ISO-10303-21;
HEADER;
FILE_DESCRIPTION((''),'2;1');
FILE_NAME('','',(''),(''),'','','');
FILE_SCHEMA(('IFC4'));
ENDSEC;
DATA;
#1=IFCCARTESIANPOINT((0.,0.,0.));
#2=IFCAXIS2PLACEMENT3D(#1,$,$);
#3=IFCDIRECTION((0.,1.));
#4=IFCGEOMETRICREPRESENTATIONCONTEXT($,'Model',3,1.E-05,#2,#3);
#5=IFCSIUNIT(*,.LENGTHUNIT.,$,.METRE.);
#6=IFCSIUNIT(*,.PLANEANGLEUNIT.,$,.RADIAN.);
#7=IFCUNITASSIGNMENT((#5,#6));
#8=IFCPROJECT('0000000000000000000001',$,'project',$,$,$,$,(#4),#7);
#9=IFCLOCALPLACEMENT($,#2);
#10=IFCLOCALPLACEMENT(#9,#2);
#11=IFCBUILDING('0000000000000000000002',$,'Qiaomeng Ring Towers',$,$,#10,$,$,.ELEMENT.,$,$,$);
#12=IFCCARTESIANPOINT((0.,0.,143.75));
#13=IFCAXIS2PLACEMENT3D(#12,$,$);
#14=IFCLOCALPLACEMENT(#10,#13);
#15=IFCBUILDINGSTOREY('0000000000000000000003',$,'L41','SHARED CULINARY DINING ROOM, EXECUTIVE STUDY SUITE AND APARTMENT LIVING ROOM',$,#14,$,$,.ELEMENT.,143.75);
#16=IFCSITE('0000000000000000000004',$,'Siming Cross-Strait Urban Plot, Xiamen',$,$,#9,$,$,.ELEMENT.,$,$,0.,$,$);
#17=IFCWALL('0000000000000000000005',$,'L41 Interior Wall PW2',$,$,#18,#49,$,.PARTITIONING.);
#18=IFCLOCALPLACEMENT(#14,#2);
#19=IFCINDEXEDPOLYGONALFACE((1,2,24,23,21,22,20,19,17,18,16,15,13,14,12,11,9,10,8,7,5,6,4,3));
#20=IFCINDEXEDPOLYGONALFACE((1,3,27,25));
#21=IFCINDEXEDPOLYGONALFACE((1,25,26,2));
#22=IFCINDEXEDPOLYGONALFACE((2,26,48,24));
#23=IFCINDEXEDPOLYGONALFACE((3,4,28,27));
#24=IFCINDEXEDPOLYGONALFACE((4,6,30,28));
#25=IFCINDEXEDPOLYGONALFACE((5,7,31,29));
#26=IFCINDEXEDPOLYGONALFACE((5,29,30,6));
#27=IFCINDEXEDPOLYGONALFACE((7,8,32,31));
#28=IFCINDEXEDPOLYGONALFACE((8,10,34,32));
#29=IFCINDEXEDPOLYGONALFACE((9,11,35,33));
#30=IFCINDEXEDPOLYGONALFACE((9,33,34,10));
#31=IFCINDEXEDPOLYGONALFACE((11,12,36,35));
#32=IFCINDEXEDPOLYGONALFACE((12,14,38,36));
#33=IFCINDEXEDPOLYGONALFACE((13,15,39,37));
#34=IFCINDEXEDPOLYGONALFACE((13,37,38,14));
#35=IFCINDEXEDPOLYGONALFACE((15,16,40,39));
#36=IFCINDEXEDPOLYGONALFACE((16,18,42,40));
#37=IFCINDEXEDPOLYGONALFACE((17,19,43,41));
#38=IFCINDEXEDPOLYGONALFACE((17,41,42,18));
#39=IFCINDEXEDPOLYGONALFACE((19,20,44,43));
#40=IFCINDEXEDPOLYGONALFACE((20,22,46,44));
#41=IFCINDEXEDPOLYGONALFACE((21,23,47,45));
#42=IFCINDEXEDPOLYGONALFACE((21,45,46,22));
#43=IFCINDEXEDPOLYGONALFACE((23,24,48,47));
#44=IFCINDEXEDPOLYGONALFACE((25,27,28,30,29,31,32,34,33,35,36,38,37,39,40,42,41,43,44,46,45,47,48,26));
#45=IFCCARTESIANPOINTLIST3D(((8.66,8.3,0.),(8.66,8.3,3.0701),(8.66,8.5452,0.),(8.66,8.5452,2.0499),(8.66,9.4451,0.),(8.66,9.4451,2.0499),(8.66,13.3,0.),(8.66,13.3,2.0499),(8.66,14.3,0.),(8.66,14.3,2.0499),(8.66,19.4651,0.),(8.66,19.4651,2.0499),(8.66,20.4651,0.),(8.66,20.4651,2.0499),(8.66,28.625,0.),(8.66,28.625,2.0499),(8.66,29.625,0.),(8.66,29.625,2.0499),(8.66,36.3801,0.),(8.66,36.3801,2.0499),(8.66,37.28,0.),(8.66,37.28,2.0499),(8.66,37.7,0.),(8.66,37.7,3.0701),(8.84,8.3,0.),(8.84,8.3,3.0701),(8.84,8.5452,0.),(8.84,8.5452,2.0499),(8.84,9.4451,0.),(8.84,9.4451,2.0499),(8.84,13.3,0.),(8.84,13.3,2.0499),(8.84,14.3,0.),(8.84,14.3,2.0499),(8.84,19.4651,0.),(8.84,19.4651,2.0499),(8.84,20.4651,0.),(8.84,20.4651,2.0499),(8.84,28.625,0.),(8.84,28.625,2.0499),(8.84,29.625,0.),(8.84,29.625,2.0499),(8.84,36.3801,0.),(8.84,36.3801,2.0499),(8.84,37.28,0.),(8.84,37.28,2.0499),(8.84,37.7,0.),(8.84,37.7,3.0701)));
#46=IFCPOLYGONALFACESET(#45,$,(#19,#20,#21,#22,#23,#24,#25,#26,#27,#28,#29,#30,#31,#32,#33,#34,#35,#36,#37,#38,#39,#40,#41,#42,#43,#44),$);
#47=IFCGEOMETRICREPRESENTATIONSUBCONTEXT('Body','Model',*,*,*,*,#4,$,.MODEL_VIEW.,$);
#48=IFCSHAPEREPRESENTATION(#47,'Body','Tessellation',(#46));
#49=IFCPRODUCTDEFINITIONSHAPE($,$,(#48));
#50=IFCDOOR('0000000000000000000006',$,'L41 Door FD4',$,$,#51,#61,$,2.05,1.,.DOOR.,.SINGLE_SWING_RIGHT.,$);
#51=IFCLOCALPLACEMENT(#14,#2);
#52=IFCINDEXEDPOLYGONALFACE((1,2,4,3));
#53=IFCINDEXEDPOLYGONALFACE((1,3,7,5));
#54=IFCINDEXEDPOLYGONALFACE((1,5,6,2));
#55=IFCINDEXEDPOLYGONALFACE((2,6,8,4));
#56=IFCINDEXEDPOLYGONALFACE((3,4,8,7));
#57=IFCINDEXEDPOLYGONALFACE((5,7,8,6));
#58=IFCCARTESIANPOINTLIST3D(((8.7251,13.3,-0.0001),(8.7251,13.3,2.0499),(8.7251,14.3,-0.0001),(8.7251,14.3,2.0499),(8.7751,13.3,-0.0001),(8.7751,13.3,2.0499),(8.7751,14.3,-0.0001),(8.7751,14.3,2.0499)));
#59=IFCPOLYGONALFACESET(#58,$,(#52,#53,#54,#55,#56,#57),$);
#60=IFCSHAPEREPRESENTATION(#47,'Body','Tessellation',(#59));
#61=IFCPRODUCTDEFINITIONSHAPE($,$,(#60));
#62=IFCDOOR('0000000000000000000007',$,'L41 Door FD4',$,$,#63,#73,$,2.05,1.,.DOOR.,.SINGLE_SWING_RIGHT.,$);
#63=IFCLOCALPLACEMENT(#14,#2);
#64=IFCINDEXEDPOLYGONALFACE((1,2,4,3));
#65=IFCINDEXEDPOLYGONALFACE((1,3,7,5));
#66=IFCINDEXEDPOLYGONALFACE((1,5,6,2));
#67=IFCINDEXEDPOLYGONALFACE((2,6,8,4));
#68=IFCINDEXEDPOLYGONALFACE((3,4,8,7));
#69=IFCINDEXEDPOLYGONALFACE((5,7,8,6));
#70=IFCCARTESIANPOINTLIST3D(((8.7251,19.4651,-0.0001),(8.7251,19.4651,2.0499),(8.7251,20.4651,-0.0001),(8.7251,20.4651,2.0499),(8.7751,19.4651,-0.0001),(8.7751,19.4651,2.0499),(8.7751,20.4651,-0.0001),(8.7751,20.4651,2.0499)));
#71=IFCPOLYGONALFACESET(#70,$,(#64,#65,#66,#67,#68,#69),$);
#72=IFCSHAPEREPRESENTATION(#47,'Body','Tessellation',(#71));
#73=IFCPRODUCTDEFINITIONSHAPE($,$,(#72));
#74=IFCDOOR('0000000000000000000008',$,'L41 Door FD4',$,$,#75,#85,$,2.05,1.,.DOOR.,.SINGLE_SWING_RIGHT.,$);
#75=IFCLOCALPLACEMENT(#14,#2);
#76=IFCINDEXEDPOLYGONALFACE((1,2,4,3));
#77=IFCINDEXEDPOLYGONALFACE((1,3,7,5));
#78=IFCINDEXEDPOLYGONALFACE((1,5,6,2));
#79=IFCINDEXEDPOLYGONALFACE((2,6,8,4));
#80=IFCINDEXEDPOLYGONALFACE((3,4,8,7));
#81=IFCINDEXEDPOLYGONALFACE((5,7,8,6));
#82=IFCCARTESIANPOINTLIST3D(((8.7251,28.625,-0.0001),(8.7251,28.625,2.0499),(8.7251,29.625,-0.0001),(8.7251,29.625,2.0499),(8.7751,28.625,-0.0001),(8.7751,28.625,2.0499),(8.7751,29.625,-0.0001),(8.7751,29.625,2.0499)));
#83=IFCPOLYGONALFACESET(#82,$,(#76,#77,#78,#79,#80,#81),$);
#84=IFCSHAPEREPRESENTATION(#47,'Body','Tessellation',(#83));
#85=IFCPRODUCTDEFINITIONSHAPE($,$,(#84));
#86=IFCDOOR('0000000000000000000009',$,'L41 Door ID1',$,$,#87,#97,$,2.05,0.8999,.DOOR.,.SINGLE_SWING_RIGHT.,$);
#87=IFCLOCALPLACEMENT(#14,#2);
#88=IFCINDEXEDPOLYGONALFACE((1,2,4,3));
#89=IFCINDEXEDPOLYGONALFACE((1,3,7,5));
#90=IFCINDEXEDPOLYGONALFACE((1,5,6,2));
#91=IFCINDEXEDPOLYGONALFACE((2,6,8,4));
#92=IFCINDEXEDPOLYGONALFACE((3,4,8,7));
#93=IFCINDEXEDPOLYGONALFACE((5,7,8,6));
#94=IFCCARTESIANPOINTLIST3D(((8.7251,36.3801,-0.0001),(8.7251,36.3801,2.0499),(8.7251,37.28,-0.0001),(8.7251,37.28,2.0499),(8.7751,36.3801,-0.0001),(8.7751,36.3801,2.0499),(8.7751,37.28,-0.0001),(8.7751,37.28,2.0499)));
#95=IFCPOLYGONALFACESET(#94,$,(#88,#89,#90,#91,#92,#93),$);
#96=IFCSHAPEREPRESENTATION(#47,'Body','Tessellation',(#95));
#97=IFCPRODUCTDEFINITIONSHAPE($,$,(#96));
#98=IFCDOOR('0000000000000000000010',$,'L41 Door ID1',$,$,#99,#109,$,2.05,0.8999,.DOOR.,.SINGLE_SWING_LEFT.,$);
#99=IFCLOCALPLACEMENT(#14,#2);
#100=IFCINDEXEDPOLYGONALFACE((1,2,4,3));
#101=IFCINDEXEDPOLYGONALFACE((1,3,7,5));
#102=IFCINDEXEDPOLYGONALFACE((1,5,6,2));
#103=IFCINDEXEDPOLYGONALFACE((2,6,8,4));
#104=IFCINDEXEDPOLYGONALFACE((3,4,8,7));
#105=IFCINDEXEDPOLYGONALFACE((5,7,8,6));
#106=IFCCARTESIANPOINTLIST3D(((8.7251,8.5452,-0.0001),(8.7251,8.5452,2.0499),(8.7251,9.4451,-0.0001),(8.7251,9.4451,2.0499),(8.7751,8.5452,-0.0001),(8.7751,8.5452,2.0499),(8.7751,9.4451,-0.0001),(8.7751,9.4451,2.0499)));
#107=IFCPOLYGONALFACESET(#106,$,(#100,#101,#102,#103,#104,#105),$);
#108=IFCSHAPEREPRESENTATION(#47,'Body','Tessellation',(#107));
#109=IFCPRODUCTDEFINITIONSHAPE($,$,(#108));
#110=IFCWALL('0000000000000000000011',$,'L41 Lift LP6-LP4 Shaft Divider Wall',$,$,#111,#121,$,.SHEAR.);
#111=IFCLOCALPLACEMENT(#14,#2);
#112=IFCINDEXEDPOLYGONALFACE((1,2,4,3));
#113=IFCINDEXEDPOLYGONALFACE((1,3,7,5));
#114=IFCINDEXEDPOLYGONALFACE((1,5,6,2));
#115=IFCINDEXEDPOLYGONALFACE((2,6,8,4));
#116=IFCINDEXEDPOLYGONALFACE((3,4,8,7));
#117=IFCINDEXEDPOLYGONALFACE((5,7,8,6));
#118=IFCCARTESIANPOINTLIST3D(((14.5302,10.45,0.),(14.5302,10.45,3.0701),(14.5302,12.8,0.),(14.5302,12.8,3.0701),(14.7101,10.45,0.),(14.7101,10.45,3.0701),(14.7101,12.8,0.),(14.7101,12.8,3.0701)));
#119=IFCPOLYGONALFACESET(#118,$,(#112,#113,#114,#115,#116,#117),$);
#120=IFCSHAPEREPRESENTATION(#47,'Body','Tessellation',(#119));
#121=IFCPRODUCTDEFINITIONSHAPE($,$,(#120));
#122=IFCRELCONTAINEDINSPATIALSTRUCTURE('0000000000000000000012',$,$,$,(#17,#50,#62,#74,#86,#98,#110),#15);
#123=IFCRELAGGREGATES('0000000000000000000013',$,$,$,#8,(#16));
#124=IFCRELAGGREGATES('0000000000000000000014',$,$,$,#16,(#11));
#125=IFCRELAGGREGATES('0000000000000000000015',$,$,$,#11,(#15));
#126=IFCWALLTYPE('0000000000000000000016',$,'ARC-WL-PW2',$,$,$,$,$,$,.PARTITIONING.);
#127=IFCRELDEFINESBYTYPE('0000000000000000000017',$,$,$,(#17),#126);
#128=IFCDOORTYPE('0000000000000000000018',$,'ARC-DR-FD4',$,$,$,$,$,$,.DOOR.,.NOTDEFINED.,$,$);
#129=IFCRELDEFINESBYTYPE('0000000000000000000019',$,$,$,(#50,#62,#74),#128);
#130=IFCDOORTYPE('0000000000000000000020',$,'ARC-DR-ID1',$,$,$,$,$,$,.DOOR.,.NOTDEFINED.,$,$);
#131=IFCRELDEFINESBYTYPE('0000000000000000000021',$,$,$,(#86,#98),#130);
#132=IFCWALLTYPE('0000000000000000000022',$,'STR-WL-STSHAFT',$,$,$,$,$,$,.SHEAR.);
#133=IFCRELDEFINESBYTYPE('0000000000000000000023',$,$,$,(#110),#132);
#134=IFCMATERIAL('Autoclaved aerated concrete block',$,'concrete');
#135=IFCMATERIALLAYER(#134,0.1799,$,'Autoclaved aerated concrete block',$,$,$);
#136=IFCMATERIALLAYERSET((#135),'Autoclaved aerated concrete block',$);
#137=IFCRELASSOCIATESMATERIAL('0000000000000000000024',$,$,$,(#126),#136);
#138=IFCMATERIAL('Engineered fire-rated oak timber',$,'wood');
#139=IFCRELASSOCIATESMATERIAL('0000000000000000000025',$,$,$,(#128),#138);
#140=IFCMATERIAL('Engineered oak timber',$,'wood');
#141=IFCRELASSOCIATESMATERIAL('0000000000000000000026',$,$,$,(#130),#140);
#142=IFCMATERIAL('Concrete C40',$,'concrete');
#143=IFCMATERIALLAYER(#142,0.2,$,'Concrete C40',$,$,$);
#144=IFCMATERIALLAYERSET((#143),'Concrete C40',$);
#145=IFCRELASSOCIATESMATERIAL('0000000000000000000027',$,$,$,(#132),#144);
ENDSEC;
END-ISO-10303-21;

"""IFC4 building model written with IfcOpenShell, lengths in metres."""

from ifc_helpers import new_model, si_unit, direction, frame, frame_2d, origin, place, context, subcontext, project, spatial, rectangle, extrude, source, transform, mapped, material, layer, layer_set, type_object, element, fill, save


model = new_model("IFC4")

# Units and contexts
model_context = context("Model", 3, precision=1e-05, world=origin(), true_north=direction((0.0, 1.0)))
body_context = subcontext(model_context, "Body", "Model", "MODEL_VIEW")
ifc_project = project(units=[si_unit("LENGTHUNIT", "METRE"), si_unit("PLANEANGLEUNIT", "RADIAN")], contexts=[model_context])

# Site, building, storey
site_placement = place(None, origin())
site = spatial("IfcSite", under=ifc_project, at=site_placement, Name="Siming Cross-Strait Urban Plot, Xiamen", CompositionType="ELEMENT", RefElevation=0.0)
building_placement = place(site_placement, origin())
building = spatial("IfcBuilding", under=site, at=building_placement, Name="Qiaomeng Ring Towers", CompositionType="ELEMENT")
storey_placement = place(building_placement, frame((0.0, 0.0, 143.75)))
storey = spatial("IfcBuildingStorey", under=building, at=storey_placement, Name="L41", Description="SHARED CULINARY DINING ROOM, EXECUTIVE STUDY SUITE AND APARTMENT LIVING ROOM", CompositionType="ELEMENT", Elevation=143.75)

# Shared definitions
ifc_material_1 = material(Name="Autoclaved aerated concrete block", Category="concrete")

# Wall, openings, doors
ifc_layer_1 = layer(ifc_material_1, 0.1799, Name="Autoclaved aerated concrete block")
ifc_layer_set_1 = layer_set([ifc_layer_1], Name="Autoclaved aerated concrete block")
wall_type_1 = type_object("IfcWallType", Name="ARC-WL-PW2", PredefinedType="PARTITIONING", material=ifc_layer_set_1)
ifc_material_2 = material(Name="Engineered fire-rated oak timber", Category="wood")
door_type_1 = type_object("IfcDoorType", Name="ARC-DR-FD4", OperationType="NOTDEFINED", PredefinedType="DOOR", material=ifc_material_2)
shared_shape_1 = source(origin(), body_context, "Body", "SweptSolid", [
    extrude(rectangle(XDim=1.0, YDim=2.05, at=frame_2d((0.5, 1.0249))), frame((0.0, 0.0249, 0.0), z_axis=(0.0, -1.0, 0.0), x_axis=(1.0, 0.0, 0.0)), (0.0, 0.0, 1.0), 0.05),
])
wall_1_placement = place(storey_placement, frame((8.75, 8.3, 0.0), z_axis=(0.0, 0.0, 1.0), x_axis=(0.0, 1.0, 0.0)))
wall_1 = element("IfcWall", 1, at=wall_1_placement, inside=storey, type_object=wall_type_1, Name="L41 Interior Wall PW2", PredefinedType="PARTITIONING", context=body_context, shape_type="SweptSolid", body=[
    extrude(rectangle(XDim=29.3999, YDim=0.1799, at=frame_2d((14.7, 0.0))), origin(), (0.0, 0.0, 1.0), 3.0701),
])
opening_1_placement = place(wall_1_placement, frame((28.0801, 0.0, 0.0)))
opening_1 = element("IfcOpeningElement", 2, at=opening_1_placement, cuts=wall_1, PredefinedType="OPENING", context=body_context, shape_type="SweptSolid", body=[
    extrude(rectangle(XDim=0.8999, YDim=2.05, at=frame_2d((0.45, 1.0249))), frame((0.0, 0.0999, 0.0), z_axis=(0.0, -1.0, 0.0), x_axis=(1.0, 0.0, 0.0)), (0.0, 0.0, 1.0), 0.2),
])
opening_2_placement = place(wall_1_placement, frame((0.2451, 0.0, 0.0)))
opening_2 = element("IfcOpeningElement", 3, at=opening_2_placement, cuts=wall_1, PredefinedType="OPENING", context=body_context, shape_type="SweptSolid", body=[
    extrude(rectangle(XDim=0.8999, YDim=2.05, at=frame_2d((0.45, 1.0249))), frame((0.0, 0.0999, 0.0), z_axis=(0.0, -1.0, 0.0), x_axis=(1.0, 0.0, 0.0)), (0.0, 0.0, 1.0), 0.2),
])
opening_3_placement = place(wall_1_placement, frame((5.0, 0.0, 0.0)))
opening_3 = element("IfcOpeningElement", 4, at=opening_3_placement, cuts=wall_1, PredefinedType="OPENING", context=body_context, shape_type="SweptSolid", body=[
    extrude(rectangle(XDim=1.0, YDim=2.05, at=frame_2d((0.5, 1.0249))), frame((0.0, 0.0999, 0.0), z_axis=(0.0, -1.0, 0.0), x_axis=(1.0, 0.0, 0.0)), (0.0, 0.0, 1.0), 0.2),
])
opening_4_placement = place(wall_1_placement, frame((11.165, 0.0, 0.0)))
opening_4 = element("IfcOpeningElement", 5, at=opening_4_placement, cuts=wall_1, PredefinedType="OPENING", context=body_context, shape_type="SweptSolid", body=[
    extrude(rectangle(XDim=1.0, YDim=2.05, at=frame_2d((0.5, 1.0249))), frame((0.0, 0.0999, 0.0), z_axis=(0.0, -1.0, 0.0), x_axis=(1.0, 0.0, 0.0)), (0.0, 0.0, 1.0), 0.2),
])
opening_5_placement = place(wall_1_placement, frame((20.325, 0.0, 0.0)))
opening_5 = element("IfcOpeningElement", 6, at=opening_5_placement, cuts=wall_1, PredefinedType="OPENING", context=body_context, shape_type="SweptSolid", body=[
    extrude(rectangle(XDim=1.0, YDim=2.05, at=frame_2d((0.5, 1.0249))), frame((0.0, 0.0999, 0.0), z_axis=(0.0, -1.0, 0.0), x_axis=(1.0, 0.0, 0.0)), (0.0, 0.0, 1.0), 0.2),
])
door_1_placement = place(opening_3_placement, origin())
door_1 = element("IfcDoor", 7, at=door_1_placement, inside=storey, type_object=door_type_1, Name="L41 Door FD4", OperationType="SINGLE_SWING_RIGHT", OverallHeight=2.05, OverallWidth=1.0, PredefinedType="DOOR", context=body_context, shape_type="MappedRepresentation", body=[
    mapped(shared_shape_1, transform((0.0, 0.0, 0.0), x_axis=(1.0, 0.0, 0.0), y_axis=(0.0, 1.0, 0.0), z_axis=(0.0, 0.0, 1.0), scale=1.0)),
])
fill(opening_3, door_1)
door_2_placement = place(opening_4_placement, origin())
door_2 = element("IfcDoor", 8, at=door_2_placement, inside=storey, type_object=door_type_1, Name="L41 Door FD4", OperationType="SINGLE_SWING_RIGHT", OverallHeight=2.05, OverallWidth=1.0, PredefinedType="DOOR", context=body_context, shape_type="MappedRepresentation", body=[
    mapped(shared_shape_1, transform((0.0, 0.0, 0.0), x_axis=(1.0, 0.0, 0.0), y_axis=(0.0, 1.0, 0.0), z_axis=(0.0, 0.0, 1.0), scale=1.0)),
])
fill(opening_4, door_2)
door_3_placement = place(opening_5_placement, origin())
door_3 = element("IfcDoor", 9, at=door_3_placement, inside=storey, type_object=door_type_1, Name="L41 Door FD4", OperationType="SINGLE_SWING_RIGHT", OverallHeight=2.05, OverallWidth=1.0, PredefinedType="DOOR", context=body_context, shape_type="MappedRepresentation", body=[
    mapped(shared_shape_1, transform((0.0, 0.0, 0.0), x_axis=(1.0, 0.0, 0.0), y_axis=(0.0, 1.0, 0.0), z_axis=(0.0, 0.0, 1.0), scale=1.0)),
])
fill(opening_5, door_3)
ifc_material_3 = material(Name="Engineered oak timber", Category="wood")
door_type_2 = type_object("IfcDoorType", Name="ARC-DR-ID1", OperationType="NOTDEFINED", PredefinedType="DOOR", material=ifc_material_3)
shared_shape_2 = source(origin(), body_context, "Body", "SweptSolid", [
    extrude(rectangle(XDim=0.8999, YDim=2.05, at=frame_2d((0.45, 1.0249))), frame((0.0, 0.0249, 0.0), z_axis=(0.0, -1.0, 0.0), x_axis=(1.0, 0.0, 0.0)), (0.0, 0.0, 1.0), 0.05),
])
door_4_placement = place(opening_1_placement, origin())
door_4 = element("IfcDoor", 10, at=door_4_placement, inside=storey, type_object=door_type_2, Name="L41 Door ID1", OperationType="SINGLE_SWING_RIGHT", OverallHeight=2.05, OverallWidth=0.8999, PredefinedType="DOOR", context=body_context, shape_type="MappedRepresentation", body=[
    mapped(shared_shape_2, transform((0.0, 0.0, 0.0), x_axis=(1.0, 0.0, 0.0), y_axis=(0.0, 1.0, 0.0), z_axis=(0.0, 0.0, 1.0), scale=1.0)),
])
fill(opening_1, door_4)
door_5_placement = place(opening_2_placement, origin())
door_5 = element("IfcDoor", 11, at=door_5_placement, inside=storey, type_object=door_type_2, Name="L41 Door ID1", OperationType="SINGLE_SWING_LEFT", OverallHeight=2.05, OverallWidth=0.8999, PredefinedType="DOOR", context=body_context, shape_type="MappedRepresentation", body=[
    mapped(shared_shape_2, transform((0.0, 0.0, 0.0), x_axis=(1.0, 0.0, 0.0), y_axis=(0.0, 1.0, 0.0), z_axis=(0.0, 0.0, 1.0), scale=1.0)),
])
fill(opening_2, door_5)

# Wall
ifc_material_4 = material(Name="Concrete C40", Category="concrete")
ifc_layer_2 = layer(ifc_material_4, 0.2, Name="Concrete C40")
ifc_layer_set_2 = layer_set([ifc_layer_2], Name="Concrete C40")
wall_type_2 = type_object("IfcWallType", Name="STR-WL-STSHAFT", PredefinedType="SHEAR", material=ifc_layer_set_2)
wall_2_placement = place(storey_placement, frame((14.6201, 10.45, 0.0), z_axis=(0.0, 0.0, 1.0), x_axis=(0.0, 1.0, 0.0)))
element("IfcWall", 12, at=wall_2_placement, inside=storey, type_object=wall_type_2, Name="L41 Lift LP6-LP4 Shaft Divider Wall", PredefinedType="SHEAR", context=body_context, shape_type="SweptSolid", body=[
    extrude(rectangle(XDim=2.3501, YDim=0.1799, at=frame_2d((1.175, 0.0))), origin(), (0.0, 0.0, 1.0), 3.0701),
])

save(model, "model.ifc")
